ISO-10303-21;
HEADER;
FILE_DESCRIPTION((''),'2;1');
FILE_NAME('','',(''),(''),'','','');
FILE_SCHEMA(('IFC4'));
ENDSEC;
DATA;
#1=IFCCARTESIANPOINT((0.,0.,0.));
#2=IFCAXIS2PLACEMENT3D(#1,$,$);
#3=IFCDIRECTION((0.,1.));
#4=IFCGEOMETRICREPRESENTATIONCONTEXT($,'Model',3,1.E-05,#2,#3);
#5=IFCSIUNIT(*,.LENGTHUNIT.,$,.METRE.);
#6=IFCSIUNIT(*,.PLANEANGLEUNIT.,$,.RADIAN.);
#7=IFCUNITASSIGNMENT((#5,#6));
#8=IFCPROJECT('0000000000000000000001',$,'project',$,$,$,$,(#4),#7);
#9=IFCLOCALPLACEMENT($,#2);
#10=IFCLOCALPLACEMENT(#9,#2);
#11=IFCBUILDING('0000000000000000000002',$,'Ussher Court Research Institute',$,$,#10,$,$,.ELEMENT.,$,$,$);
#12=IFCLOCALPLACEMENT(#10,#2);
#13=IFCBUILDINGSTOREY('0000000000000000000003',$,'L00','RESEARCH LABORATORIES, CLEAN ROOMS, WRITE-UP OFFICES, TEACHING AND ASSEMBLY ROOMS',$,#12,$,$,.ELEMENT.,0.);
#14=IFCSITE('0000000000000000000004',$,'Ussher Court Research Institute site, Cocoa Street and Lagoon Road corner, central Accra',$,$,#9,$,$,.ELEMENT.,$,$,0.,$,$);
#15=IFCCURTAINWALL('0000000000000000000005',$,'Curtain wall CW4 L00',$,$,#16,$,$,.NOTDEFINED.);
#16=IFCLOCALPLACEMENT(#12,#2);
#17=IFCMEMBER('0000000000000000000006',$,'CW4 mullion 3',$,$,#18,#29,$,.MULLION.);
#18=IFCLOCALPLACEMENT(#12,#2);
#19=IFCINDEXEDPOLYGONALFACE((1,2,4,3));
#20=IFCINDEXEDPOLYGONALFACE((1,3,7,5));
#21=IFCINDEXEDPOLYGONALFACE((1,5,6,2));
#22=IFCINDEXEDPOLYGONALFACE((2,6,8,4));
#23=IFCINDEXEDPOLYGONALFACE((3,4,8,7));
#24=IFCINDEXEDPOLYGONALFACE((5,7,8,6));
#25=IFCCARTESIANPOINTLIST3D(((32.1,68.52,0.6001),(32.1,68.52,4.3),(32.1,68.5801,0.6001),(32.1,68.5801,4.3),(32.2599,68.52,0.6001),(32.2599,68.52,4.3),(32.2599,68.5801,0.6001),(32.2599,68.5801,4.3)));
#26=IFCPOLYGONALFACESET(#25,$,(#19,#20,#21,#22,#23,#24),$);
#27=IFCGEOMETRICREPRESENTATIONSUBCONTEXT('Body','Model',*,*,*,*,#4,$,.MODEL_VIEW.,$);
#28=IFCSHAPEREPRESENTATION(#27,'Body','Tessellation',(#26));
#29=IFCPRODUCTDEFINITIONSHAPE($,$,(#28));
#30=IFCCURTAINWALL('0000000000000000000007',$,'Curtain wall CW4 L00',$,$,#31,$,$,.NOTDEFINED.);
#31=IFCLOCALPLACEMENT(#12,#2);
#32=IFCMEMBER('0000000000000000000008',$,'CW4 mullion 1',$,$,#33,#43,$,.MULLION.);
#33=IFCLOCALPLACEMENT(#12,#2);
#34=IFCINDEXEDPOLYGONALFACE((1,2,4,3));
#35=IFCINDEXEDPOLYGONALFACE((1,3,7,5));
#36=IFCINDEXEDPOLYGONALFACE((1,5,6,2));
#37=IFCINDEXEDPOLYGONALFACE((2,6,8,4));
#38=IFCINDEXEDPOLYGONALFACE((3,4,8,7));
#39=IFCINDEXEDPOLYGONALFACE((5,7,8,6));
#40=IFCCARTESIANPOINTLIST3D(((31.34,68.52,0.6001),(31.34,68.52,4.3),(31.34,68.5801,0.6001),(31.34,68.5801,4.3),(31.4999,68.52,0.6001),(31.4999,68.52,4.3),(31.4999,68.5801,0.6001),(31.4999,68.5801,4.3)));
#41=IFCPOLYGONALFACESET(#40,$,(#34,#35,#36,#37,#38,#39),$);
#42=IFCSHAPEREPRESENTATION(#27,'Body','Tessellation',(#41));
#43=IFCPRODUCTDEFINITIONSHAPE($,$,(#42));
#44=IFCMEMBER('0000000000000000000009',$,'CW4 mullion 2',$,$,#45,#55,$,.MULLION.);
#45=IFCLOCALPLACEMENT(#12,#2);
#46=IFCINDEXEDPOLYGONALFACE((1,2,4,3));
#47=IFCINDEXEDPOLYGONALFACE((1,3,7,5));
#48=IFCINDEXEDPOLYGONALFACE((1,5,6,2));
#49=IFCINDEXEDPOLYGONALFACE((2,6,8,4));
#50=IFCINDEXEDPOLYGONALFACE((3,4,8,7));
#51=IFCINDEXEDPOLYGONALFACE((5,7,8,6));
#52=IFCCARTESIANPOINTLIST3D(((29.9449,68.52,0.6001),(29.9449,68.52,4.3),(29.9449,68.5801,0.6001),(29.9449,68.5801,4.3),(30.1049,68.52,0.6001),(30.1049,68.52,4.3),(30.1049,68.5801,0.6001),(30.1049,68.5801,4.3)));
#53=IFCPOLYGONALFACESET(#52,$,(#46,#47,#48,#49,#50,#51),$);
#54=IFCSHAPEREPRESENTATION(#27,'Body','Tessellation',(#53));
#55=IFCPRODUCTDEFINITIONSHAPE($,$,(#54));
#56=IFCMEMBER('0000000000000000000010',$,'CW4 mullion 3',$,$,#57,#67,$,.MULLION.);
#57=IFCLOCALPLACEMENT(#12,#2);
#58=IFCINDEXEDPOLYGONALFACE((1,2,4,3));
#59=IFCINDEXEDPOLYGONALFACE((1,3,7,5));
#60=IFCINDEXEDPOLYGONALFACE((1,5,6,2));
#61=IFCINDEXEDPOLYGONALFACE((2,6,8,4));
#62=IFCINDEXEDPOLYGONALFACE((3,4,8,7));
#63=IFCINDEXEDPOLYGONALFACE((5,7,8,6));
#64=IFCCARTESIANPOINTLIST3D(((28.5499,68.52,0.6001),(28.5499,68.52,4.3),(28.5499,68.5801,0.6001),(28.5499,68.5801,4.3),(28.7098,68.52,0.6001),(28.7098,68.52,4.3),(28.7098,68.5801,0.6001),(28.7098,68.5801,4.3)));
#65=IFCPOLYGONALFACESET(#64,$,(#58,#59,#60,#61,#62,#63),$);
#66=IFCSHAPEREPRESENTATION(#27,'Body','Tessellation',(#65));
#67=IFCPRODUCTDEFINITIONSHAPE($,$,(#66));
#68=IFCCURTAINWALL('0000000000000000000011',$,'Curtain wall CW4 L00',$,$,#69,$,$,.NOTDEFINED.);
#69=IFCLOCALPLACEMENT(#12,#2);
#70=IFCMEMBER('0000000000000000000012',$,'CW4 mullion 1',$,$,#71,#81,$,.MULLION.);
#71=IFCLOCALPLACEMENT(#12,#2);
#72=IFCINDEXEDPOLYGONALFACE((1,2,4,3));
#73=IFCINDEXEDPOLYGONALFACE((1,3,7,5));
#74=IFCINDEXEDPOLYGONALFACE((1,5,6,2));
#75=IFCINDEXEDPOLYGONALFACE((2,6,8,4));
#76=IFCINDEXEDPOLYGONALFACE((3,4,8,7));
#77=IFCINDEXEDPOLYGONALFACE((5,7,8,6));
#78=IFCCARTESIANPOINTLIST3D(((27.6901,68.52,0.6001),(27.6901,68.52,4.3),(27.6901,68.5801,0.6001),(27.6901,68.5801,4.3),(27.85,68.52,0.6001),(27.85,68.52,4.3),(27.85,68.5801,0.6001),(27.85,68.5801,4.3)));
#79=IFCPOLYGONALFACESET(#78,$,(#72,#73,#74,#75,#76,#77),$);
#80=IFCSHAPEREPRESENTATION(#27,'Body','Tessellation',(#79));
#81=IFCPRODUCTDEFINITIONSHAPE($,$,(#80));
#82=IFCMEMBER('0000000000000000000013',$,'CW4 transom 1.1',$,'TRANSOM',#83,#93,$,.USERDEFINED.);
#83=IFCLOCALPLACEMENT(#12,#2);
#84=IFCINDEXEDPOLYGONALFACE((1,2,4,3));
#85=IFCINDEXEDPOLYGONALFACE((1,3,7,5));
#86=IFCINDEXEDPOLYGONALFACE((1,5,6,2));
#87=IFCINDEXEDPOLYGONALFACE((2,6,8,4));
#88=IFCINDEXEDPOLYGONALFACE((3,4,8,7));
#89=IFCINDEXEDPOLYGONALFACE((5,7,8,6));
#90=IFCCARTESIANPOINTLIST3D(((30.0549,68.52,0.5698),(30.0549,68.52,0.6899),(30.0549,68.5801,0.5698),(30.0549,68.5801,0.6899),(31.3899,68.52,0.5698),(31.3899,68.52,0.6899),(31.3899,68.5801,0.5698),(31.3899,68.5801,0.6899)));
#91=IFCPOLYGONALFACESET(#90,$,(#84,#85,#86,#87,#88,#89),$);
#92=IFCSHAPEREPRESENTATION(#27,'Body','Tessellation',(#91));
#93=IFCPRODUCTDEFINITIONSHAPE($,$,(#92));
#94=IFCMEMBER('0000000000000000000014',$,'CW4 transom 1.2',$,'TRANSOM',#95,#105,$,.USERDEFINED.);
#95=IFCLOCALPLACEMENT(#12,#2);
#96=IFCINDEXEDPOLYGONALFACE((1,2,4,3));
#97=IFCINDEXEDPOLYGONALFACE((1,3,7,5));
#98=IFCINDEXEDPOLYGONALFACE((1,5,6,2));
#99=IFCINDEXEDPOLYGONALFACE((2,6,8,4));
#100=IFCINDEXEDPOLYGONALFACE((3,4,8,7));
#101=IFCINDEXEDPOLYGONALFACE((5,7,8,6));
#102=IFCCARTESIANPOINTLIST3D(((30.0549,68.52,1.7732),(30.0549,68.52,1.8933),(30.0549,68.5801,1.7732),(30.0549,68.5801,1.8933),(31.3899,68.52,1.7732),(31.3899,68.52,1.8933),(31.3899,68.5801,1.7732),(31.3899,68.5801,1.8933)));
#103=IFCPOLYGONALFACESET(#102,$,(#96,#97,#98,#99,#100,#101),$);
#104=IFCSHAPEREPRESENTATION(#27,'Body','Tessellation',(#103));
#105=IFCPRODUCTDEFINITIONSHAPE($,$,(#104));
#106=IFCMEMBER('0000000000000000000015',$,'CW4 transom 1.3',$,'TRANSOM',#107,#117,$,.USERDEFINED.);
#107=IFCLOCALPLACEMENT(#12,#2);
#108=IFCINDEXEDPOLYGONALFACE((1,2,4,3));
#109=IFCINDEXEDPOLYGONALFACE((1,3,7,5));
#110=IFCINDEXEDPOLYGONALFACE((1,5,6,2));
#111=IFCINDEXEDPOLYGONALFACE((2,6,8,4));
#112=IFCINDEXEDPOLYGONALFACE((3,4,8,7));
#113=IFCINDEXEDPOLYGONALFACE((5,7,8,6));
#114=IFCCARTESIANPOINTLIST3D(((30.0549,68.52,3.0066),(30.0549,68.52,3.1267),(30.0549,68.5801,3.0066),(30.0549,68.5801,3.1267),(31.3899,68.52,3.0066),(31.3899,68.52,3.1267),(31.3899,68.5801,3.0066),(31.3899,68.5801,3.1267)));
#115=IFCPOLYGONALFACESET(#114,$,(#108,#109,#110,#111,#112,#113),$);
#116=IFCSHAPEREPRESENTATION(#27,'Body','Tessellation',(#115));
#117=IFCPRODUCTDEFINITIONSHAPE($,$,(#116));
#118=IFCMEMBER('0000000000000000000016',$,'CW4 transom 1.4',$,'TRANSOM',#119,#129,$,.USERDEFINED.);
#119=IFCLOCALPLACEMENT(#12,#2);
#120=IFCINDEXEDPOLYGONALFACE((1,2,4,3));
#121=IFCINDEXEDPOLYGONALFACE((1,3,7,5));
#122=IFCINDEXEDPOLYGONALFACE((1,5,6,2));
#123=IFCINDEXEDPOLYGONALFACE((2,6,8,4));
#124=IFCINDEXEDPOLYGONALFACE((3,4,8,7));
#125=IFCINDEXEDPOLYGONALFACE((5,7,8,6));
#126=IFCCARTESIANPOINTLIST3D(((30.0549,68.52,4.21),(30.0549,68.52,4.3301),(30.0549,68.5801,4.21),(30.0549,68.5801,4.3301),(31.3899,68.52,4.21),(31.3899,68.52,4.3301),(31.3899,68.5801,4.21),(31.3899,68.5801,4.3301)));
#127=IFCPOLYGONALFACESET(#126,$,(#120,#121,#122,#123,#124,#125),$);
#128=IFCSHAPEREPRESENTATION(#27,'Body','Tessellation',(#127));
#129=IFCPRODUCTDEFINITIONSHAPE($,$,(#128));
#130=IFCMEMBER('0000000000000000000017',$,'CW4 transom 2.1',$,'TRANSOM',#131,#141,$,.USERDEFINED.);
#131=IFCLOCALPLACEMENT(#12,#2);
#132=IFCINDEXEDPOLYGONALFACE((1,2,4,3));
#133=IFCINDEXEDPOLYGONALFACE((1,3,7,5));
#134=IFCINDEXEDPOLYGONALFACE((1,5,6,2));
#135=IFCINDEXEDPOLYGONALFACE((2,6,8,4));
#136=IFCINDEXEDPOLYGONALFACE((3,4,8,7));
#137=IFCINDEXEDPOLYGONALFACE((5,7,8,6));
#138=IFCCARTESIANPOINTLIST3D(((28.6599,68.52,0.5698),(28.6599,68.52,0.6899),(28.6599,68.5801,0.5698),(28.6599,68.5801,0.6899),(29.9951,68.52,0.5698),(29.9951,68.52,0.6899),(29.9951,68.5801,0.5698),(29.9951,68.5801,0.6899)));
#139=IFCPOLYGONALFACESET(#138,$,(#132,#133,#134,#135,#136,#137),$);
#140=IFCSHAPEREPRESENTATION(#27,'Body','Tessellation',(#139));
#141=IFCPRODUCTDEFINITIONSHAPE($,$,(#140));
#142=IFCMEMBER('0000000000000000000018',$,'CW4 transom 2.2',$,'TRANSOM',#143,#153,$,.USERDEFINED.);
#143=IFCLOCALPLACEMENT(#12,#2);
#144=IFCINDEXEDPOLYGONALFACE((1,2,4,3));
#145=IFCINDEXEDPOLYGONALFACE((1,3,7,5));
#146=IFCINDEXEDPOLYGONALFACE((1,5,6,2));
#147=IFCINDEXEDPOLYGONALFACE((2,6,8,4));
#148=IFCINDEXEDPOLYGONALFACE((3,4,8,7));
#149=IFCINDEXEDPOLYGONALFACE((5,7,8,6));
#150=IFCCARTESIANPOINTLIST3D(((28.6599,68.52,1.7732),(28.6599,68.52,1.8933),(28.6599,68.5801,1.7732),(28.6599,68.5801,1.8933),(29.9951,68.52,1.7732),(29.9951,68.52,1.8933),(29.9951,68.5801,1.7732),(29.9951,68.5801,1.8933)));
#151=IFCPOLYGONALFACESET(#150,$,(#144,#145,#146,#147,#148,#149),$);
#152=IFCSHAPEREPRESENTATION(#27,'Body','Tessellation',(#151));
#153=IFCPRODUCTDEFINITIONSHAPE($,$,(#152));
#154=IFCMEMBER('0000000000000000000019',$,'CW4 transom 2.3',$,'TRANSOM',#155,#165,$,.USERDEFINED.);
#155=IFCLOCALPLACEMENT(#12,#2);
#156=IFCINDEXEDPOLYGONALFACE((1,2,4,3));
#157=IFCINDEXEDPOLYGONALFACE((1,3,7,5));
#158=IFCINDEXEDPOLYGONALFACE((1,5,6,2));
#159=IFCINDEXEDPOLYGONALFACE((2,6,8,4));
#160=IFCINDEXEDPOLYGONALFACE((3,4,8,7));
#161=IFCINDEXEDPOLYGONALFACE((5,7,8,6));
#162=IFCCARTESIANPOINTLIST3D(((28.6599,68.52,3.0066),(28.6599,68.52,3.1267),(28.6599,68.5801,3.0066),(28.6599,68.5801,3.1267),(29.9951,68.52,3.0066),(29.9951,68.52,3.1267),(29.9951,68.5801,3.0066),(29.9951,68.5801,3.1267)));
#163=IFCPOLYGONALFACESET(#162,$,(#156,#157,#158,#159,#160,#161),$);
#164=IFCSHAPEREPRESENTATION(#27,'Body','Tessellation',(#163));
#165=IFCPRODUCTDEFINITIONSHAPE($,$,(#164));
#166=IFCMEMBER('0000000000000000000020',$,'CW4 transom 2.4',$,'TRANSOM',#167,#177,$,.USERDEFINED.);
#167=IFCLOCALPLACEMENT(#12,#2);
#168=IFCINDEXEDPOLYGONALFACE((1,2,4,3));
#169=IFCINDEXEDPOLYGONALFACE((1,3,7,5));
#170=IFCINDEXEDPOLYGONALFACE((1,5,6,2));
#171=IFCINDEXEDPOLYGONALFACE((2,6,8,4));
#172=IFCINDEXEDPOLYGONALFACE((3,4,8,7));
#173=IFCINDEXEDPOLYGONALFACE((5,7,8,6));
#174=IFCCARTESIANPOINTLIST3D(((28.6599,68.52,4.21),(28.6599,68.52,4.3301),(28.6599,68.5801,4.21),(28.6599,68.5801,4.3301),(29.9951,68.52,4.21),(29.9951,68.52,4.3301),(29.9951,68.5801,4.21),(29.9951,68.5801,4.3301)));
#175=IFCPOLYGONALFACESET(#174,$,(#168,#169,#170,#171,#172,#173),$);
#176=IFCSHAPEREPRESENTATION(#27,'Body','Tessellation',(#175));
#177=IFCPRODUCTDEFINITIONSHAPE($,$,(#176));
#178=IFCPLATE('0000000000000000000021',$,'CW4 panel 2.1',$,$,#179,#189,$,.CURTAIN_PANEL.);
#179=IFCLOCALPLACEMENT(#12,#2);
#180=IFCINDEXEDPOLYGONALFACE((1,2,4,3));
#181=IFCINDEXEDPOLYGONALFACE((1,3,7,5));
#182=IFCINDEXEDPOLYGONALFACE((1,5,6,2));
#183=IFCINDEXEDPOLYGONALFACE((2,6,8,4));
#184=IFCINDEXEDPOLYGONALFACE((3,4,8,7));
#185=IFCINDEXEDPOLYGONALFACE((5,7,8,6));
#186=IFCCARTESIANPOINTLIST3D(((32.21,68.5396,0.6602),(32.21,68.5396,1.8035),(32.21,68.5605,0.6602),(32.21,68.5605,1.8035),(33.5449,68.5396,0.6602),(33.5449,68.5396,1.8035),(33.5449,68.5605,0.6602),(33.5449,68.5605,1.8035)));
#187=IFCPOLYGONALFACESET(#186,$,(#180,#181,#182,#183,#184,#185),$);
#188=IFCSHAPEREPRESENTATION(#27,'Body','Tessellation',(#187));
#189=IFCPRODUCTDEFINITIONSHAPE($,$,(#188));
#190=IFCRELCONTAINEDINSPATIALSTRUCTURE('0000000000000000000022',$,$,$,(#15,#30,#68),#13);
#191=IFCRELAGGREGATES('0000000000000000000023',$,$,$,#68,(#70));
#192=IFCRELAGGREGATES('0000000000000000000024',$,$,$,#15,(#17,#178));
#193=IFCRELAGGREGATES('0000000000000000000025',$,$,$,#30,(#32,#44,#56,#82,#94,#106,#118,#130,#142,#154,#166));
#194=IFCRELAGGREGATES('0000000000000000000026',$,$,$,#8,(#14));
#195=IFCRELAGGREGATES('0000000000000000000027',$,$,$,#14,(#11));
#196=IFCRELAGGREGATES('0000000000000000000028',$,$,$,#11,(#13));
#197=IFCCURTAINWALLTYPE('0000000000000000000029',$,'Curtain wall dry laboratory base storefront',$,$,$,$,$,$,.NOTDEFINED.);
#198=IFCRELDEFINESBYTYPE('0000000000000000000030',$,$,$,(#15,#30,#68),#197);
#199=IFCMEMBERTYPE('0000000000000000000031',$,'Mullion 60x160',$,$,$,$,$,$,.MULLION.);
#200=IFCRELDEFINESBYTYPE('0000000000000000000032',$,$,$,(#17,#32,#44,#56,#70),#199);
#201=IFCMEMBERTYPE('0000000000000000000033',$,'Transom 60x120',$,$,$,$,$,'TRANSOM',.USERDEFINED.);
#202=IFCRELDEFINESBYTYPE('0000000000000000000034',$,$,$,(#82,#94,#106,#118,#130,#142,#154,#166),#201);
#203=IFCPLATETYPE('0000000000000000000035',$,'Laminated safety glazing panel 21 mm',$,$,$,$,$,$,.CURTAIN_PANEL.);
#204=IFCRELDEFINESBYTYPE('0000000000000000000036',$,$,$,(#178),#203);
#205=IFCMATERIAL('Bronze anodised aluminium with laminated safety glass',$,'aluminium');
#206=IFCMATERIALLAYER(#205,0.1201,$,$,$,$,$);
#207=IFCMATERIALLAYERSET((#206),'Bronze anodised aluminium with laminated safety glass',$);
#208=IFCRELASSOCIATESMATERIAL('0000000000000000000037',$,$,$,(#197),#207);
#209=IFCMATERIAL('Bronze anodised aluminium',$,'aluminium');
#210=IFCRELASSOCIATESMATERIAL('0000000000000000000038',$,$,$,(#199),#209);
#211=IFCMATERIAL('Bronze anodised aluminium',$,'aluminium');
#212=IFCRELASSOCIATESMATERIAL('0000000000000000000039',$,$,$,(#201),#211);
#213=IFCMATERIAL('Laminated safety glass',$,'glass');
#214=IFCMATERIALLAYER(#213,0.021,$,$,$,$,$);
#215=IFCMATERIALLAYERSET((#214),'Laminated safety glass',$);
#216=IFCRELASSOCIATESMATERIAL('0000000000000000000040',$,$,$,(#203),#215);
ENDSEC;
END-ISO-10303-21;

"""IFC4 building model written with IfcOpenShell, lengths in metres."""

from ifc_helpers import new_model, si_unit, direction, frame, origin, origin_2d, place, context, subcontext, project, spatial, rectangle, extrude, material, layer, layer_set, material_profile, profile_set, type_object, element, aggregate, save


model = new_model("IFC4")

# Units and contexts
model_context = context("Model", 3, precision=1e-05, world=origin(), true_north=direction((0.0, 1.0)))
body_context = subcontext(model_context, "Body", "Model", "MODEL_VIEW")
ifc_project = project(units=[si_unit("LENGTHUNIT", "METRE"), si_unit("PLANEANGLEUNIT", "RADIAN")], contexts=[model_context])

# Site, building, storey
site_placement = place(None, origin())
site = spatial("IfcSite", under=ifc_project, at=site_placement, Name="Ussher Court Research Institute site, Cocoa Street and Lagoon Road corner, central Accra", CompositionType="ELEMENT", RefElevation=0.0)
building_placement = place(site_placement, origin())
building = spatial("IfcBuilding", under=site, at=building_placement, Name="Ussher Court Research Institute", CompositionType="ELEMENT")
storey_placement = place(building_placement, origin())
storey = spatial("IfcBuildingStorey", under=building, at=storey_placement, Name="L00", Description="RESEARCH LABORATORIES, CLEAN ROOMS, WRITE-UP OFFICES, TEACHING AND ASSEMBLY ROOMS", CompositionType="ELEMENT", Elevation=0.0)

# Curtain wall, member
ifc_material_1 = material(Name="Bronze anodised aluminium with laminated safety glass", Category="aluminium")
ifc_layer_1 = layer(ifc_material_1, 0.1201)
ifc_layer_set_1 = layer_set([ifc_layer_1], Name="Bronze anodised aluminium with laminated safety glass")
curtain_wall_type = type_object("IfcCurtainWallType", Name="Curtain wall dry laboratory base storefront", PredefinedType="NOTDEFINED", material=ifc_layer_set_1)
curtain_wall_1_placement = place(storey_placement, origin())
curtain_wall_1 = element("IfcCurtainWall", 1, at=curtain_wall_1_placement, inside=storey, type_object=curtain_wall_type, Name="Curtain wall CW4 L00", PredefinedType="NOTDEFINED")
ifc_material_2 = material(Name="Bronze anodised aluminium", Category="aluminium")
ifc_material_profile_1 = material_profile(ifc_material_2, rectangle(XDim=0.0601, YDim=0.1599, at=origin_2d()), Name="Mullion 60x160")
ifc_profile_set_1 = profile_set([ifc_material_profile_1], Name="Bronze anodised aluminium")
member_type_1 = type_object("IfcMemberType", Name="Mullion 60x160", PredefinedType="MULLION", material=ifc_profile_set_1)
member_1_placement = place(storey_placement, frame((32.1799, 68.55, 0.6001), z_axis=(0.0, 0.0, 1.0), x_axis=(0.0, -1.0, 0.0)))
member_1 = element("IfcMember", 2, at=member_1_placement, type_object=member_type_1, Name="CW4 mullion 3", PredefinedType="MULLION", context=body_context, shape_type="SweptSolid", body=[
    extrude(rectangle(XDim=0.0601, YDim=0.1599, at=origin_2d()), origin(), (0.0, 0.0, 1.0), 3.7),
])

# Curtain wall, members
curtain_wall_2_placement = place(storey_placement, origin())
curtain_wall_2 = element("IfcCurtainWall", 3, at=curtain_wall_2_placement, inside=storey, type_object=curtain_wall_type, Name="Curtain wall CW4 L00", PredefinedType="NOTDEFINED")
member_2_placement = place(storey_placement, frame((31.4199, 68.55, 0.6001), z_axis=(0.0, 0.0, 1.0), x_axis=(0.0, -1.0, 0.0)))
member_2 = element("IfcMember", 4, at=member_2_placement, type_object=member_type_1, Name="CW4 mullion 1", PredefinedType="MULLION", context=body_context, shape_type="SweptSolid", body=[
    extrude(rectangle(XDim=0.0601, YDim=0.1599, at=origin_2d()), origin(), (0.0, 0.0, 1.0), 3.7),
])
member_3_placement = place(storey_placement, frame((30.0249, 68.55, 0.6001), z_axis=(0.0, 0.0, 1.0), x_axis=(0.0, -1.0, 0.0)))
member_3 = element("IfcMember", 5, at=member_3_placement, type_object=member_type_1, Name="CW4 mullion 2", PredefinedType="MULLION", context=body_context, shape_type="SweptSolid", body=[
    extrude(rectangle(XDim=0.0601, YDim=0.1599, at=origin_2d()), origin(), (0.0, 0.0, 1.0), 3.7),
])
member_4_placement = place(storey_placement, frame((28.6299, 68.55, 0.6001), z_axis=(0.0, 0.0, 1.0), x_axis=(0.0, -1.0, 0.0)))
member_4 = element("IfcMember", 6, at=member_4_placement, type_object=member_type_1, Name="CW4 mullion 3", PredefinedType="MULLION", context=body_context, shape_type="SweptSolid", body=[
    extrude(rectangle(XDim=0.0601, YDim=0.1599, at=origin_2d()), origin(), (0.0, 0.0, 1.0), 3.7),
])

# Curtain wall, member
curtain_wall_3_placement = place(storey_placement, origin())
curtain_wall_3 = element("IfcCurtainWall", 7, at=curtain_wall_3_placement, inside=storey, type_object=curtain_wall_type, Name="Curtain wall CW4 L00", PredefinedType="NOTDEFINED")
member_5_placement = place(storey_placement, frame((27.77, 68.55, 0.6001), z_axis=(0.0, 0.0, 1.0), x_axis=(0.0, -1.0, 0.0)))
member_5 = element("IfcMember", 8, at=member_5_placement, type_object=member_type_1, Name="CW4 mullion 1", PredefinedType="MULLION", context=body_context, shape_type="SweptSolid", body=[
    extrude(rectangle(XDim=0.0601, YDim=0.1599, at=origin_2d()), origin(), (0.0, 0.0, 1.0), 3.7),
])
aggregate(curtain_wall_3, [member_5])

# Members
ifc_material_3 = material(Name="Bronze anodised aluminium", Category="aluminium")
ifc_material_profile_2 = material_profile(ifc_material_3, rectangle(XDim=0.0601, YDim=0.1201, at=origin_2d()), Name="Transom 60x120")
ifc_profile_set_2 = profile_set([ifc_material_profile_2], Name="Bronze anodised aluminium")
member_type_2 = type_object("IfcMemberType", Name="Transom 60x120", ElementType="TRANSOM", PredefinedType="USERDEFINED", material=ifc_profile_set_2)
member_6_placement = place(storey_placement, frame((31.3899, 68.55, 0.6299), z_axis=(-1.0, 0.0, 0.0), x_axis=(0.0, -1.0, 0.0)))
member_6 = element("IfcMember", 9, at=member_6_placement, type_object=member_type_2, Name="CW4 transom 1.1", ObjectType="TRANSOM", PredefinedType="USERDEFINED", context=body_context, shape_type="SweptSolid", body=[
    extrude(rectangle(XDim=0.0601, YDim=0.1201, at=origin_2d()), origin(), (0.0, 0.0, 1.0), 1.335),
])
member_7_placement = place(storey_placement, frame((31.3899, 68.55, 1.8333), z_axis=(-1.0, 0.0, 0.0), x_axis=(0.0, -1.0, 0.0)))
member_7 = element("IfcMember", 10, at=member_7_placement, type_object=member_type_2, Name="CW4 transom 1.2", ObjectType="TRANSOM", PredefinedType="USERDEFINED", context=body_context, shape_type="SweptSolid", body=[
    extrude(rectangle(XDim=0.0601, YDim=0.1201, at=origin_2d()), origin(), (0.0, 0.0, 1.0), 1.335),
])
member_8_placement = place(storey_placement, frame((31.3899, 68.55, 3.0667), z_axis=(-1.0, 0.0, 0.0), x_axis=(0.0, -1.0, 0.0)))
member_8 = element("IfcMember", 11, at=member_8_placement, type_object=member_type_2, Name="CW4 transom 1.3", ObjectType="TRANSOM", PredefinedType="USERDEFINED", context=body_context, shape_type="SweptSolid", body=[
    extrude(rectangle(XDim=0.0601, YDim=0.1201, at=origin_2d()), origin(), (0.0, 0.0, 1.0), 1.335),
])
member_9_placement = place(storey_placement, frame((31.3899, 68.55, 4.27), z_axis=(-1.0, 0.0, 0.0), x_axis=(0.0, -1.0, 0.0)))
member_9 = element("IfcMember", 12, at=member_9_placement, type_object=member_type_2, Name="CW4 transom 1.4", ObjectType="TRANSOM", PredefinedType="USERDEFINED", context=body_context, shape_type="SweptSolid", body=[
    extrude(rectangle(XDim=0.0601, YDim=0.1201, at=origin_2d()), origin(), (0.0, 0.0, 1.0), 1.335),
])
member_10_placement = place(storey_placement, frame((29.9951, 68.55, 0.6299), z_axis=(-1.0, 0.0, 0.0), x_axis=(0.0, -1.0, 0.0)))
member_10 = element("IfcMember", 13, at=member_10_placement, type_object=member_type_2, Name="CW4 transom 2.1", ObjectType="TRANSOM", PredefinedType="USERDEFINED", context=body_context, shape_type="SweptSolid", body=[
    extrude(rectangle(XDim=0.0601, YDim=0.1201, at=origin_2d()), origin(), (0.0, 0.0, 1.0), 1.3352),
])
member_11_placement = place(storey_placement, frame((29.9951, 68.55, 1.8333), z_axis=(-1.0, 0.0, 0.0), x_axis=(0.0, -1.0, 0.0)))
member_11 = element("IfcMember", 14, at=member_11_placement, type_object=member_type_2, Name="CW4 transom 2.2", ObjectType="TRANSOM", PredefinedType="USERDEFINED", context=body_context, shape_type="SweptSolid", body=[
    extrude(rectangle(XDim=0.0601, YDim=0.1201, at=origin_2d()), origin(), (0.0, 0.0, 1.0), 1.3352),
])
member_12_placement = place(storey_placement, frame((29.9951, 68.55, 3.0667), z_axis=(-1.0, 0.0, 0.0), x_axis=(0.0, -1.0, 0.0)))
member_12 = element("IfcMember", 15, at=member_12_placement, type_object=member_type_2, Name="CW4 transom 2.3", ObjectType="TRANSOM", PredefinedType="USERDEFINED", context=body_context, shape_type="SweptSolid", body=[
    extrude(rectangle(XDim=0.0601, YDim=0.1201, at=origin_2d()), origin(), (0.0, 0.0, 1.0), 1.3352),
])
member_13_placement = place(storey_placement, frame((29.9951, 68.55, 4.27), z_axis=(-1.0, 0.0, 0.0), x_axis=(0.0, -1.0, 0.0)))
member_13 = element("IfcMember", 16, at=member_13_placement, type_object=member_type_2, Name="CW4 transom 2.4", ObjectType="TRANSOM", PredefinedType="USERDEFINED", context=body_context, shape_type="SweptSolid", body=[
    extrude(rectangle(XDim=0.0601, YDim=0.1201, at=origin_2d()), origin(), (0.0, 0.0, 1.0), 1.3352),
])

# Plate
ifc_material_4 = material(Name="Laminated safety glass", Category="glass")
ifc_layer_2 = layer(ifc_material_4, 0.021)
ifc_layer_set_2 = layer_set([ifc_layer_2], Name="Laminated safety glass")
plate_type = type_object("IfcPlateType", Name="Laminated safety glazing panel 21 mm", PredefinedType="CURTAIN_PANEL", material=ifc_layer_set_2)
plate_1_placement = place(storey_placement, frame((32.8774, 68.55, 0.6602), z_axis=(0.0, 0.0, 1.0), x_axis=(-1.0, 0.0, 0.0)))
plate_1 = element("IfcPlate", 17, at=plate_1_placement, type_object=plate_type, Name="CW4 panel 2.1", PredefinedType="CURTAIN_PANEL", context=body_context, shape_type="SweptSolid", body=[
    extrude(rectangle(XDim=1.335, YDim=0.021, at=origin_2d()), origin(), (0.0, 0.0, 1.0), 1.1433),
])
aggregate(curtain_wall_1, [member_1, plate_1])
aggregate(curtain_wall_2, [member_2, member_3, member_4, member_6, member_7, member_8, member_9, member_10, member_11, member_12, member_13])

save(model, "model.ifc")
